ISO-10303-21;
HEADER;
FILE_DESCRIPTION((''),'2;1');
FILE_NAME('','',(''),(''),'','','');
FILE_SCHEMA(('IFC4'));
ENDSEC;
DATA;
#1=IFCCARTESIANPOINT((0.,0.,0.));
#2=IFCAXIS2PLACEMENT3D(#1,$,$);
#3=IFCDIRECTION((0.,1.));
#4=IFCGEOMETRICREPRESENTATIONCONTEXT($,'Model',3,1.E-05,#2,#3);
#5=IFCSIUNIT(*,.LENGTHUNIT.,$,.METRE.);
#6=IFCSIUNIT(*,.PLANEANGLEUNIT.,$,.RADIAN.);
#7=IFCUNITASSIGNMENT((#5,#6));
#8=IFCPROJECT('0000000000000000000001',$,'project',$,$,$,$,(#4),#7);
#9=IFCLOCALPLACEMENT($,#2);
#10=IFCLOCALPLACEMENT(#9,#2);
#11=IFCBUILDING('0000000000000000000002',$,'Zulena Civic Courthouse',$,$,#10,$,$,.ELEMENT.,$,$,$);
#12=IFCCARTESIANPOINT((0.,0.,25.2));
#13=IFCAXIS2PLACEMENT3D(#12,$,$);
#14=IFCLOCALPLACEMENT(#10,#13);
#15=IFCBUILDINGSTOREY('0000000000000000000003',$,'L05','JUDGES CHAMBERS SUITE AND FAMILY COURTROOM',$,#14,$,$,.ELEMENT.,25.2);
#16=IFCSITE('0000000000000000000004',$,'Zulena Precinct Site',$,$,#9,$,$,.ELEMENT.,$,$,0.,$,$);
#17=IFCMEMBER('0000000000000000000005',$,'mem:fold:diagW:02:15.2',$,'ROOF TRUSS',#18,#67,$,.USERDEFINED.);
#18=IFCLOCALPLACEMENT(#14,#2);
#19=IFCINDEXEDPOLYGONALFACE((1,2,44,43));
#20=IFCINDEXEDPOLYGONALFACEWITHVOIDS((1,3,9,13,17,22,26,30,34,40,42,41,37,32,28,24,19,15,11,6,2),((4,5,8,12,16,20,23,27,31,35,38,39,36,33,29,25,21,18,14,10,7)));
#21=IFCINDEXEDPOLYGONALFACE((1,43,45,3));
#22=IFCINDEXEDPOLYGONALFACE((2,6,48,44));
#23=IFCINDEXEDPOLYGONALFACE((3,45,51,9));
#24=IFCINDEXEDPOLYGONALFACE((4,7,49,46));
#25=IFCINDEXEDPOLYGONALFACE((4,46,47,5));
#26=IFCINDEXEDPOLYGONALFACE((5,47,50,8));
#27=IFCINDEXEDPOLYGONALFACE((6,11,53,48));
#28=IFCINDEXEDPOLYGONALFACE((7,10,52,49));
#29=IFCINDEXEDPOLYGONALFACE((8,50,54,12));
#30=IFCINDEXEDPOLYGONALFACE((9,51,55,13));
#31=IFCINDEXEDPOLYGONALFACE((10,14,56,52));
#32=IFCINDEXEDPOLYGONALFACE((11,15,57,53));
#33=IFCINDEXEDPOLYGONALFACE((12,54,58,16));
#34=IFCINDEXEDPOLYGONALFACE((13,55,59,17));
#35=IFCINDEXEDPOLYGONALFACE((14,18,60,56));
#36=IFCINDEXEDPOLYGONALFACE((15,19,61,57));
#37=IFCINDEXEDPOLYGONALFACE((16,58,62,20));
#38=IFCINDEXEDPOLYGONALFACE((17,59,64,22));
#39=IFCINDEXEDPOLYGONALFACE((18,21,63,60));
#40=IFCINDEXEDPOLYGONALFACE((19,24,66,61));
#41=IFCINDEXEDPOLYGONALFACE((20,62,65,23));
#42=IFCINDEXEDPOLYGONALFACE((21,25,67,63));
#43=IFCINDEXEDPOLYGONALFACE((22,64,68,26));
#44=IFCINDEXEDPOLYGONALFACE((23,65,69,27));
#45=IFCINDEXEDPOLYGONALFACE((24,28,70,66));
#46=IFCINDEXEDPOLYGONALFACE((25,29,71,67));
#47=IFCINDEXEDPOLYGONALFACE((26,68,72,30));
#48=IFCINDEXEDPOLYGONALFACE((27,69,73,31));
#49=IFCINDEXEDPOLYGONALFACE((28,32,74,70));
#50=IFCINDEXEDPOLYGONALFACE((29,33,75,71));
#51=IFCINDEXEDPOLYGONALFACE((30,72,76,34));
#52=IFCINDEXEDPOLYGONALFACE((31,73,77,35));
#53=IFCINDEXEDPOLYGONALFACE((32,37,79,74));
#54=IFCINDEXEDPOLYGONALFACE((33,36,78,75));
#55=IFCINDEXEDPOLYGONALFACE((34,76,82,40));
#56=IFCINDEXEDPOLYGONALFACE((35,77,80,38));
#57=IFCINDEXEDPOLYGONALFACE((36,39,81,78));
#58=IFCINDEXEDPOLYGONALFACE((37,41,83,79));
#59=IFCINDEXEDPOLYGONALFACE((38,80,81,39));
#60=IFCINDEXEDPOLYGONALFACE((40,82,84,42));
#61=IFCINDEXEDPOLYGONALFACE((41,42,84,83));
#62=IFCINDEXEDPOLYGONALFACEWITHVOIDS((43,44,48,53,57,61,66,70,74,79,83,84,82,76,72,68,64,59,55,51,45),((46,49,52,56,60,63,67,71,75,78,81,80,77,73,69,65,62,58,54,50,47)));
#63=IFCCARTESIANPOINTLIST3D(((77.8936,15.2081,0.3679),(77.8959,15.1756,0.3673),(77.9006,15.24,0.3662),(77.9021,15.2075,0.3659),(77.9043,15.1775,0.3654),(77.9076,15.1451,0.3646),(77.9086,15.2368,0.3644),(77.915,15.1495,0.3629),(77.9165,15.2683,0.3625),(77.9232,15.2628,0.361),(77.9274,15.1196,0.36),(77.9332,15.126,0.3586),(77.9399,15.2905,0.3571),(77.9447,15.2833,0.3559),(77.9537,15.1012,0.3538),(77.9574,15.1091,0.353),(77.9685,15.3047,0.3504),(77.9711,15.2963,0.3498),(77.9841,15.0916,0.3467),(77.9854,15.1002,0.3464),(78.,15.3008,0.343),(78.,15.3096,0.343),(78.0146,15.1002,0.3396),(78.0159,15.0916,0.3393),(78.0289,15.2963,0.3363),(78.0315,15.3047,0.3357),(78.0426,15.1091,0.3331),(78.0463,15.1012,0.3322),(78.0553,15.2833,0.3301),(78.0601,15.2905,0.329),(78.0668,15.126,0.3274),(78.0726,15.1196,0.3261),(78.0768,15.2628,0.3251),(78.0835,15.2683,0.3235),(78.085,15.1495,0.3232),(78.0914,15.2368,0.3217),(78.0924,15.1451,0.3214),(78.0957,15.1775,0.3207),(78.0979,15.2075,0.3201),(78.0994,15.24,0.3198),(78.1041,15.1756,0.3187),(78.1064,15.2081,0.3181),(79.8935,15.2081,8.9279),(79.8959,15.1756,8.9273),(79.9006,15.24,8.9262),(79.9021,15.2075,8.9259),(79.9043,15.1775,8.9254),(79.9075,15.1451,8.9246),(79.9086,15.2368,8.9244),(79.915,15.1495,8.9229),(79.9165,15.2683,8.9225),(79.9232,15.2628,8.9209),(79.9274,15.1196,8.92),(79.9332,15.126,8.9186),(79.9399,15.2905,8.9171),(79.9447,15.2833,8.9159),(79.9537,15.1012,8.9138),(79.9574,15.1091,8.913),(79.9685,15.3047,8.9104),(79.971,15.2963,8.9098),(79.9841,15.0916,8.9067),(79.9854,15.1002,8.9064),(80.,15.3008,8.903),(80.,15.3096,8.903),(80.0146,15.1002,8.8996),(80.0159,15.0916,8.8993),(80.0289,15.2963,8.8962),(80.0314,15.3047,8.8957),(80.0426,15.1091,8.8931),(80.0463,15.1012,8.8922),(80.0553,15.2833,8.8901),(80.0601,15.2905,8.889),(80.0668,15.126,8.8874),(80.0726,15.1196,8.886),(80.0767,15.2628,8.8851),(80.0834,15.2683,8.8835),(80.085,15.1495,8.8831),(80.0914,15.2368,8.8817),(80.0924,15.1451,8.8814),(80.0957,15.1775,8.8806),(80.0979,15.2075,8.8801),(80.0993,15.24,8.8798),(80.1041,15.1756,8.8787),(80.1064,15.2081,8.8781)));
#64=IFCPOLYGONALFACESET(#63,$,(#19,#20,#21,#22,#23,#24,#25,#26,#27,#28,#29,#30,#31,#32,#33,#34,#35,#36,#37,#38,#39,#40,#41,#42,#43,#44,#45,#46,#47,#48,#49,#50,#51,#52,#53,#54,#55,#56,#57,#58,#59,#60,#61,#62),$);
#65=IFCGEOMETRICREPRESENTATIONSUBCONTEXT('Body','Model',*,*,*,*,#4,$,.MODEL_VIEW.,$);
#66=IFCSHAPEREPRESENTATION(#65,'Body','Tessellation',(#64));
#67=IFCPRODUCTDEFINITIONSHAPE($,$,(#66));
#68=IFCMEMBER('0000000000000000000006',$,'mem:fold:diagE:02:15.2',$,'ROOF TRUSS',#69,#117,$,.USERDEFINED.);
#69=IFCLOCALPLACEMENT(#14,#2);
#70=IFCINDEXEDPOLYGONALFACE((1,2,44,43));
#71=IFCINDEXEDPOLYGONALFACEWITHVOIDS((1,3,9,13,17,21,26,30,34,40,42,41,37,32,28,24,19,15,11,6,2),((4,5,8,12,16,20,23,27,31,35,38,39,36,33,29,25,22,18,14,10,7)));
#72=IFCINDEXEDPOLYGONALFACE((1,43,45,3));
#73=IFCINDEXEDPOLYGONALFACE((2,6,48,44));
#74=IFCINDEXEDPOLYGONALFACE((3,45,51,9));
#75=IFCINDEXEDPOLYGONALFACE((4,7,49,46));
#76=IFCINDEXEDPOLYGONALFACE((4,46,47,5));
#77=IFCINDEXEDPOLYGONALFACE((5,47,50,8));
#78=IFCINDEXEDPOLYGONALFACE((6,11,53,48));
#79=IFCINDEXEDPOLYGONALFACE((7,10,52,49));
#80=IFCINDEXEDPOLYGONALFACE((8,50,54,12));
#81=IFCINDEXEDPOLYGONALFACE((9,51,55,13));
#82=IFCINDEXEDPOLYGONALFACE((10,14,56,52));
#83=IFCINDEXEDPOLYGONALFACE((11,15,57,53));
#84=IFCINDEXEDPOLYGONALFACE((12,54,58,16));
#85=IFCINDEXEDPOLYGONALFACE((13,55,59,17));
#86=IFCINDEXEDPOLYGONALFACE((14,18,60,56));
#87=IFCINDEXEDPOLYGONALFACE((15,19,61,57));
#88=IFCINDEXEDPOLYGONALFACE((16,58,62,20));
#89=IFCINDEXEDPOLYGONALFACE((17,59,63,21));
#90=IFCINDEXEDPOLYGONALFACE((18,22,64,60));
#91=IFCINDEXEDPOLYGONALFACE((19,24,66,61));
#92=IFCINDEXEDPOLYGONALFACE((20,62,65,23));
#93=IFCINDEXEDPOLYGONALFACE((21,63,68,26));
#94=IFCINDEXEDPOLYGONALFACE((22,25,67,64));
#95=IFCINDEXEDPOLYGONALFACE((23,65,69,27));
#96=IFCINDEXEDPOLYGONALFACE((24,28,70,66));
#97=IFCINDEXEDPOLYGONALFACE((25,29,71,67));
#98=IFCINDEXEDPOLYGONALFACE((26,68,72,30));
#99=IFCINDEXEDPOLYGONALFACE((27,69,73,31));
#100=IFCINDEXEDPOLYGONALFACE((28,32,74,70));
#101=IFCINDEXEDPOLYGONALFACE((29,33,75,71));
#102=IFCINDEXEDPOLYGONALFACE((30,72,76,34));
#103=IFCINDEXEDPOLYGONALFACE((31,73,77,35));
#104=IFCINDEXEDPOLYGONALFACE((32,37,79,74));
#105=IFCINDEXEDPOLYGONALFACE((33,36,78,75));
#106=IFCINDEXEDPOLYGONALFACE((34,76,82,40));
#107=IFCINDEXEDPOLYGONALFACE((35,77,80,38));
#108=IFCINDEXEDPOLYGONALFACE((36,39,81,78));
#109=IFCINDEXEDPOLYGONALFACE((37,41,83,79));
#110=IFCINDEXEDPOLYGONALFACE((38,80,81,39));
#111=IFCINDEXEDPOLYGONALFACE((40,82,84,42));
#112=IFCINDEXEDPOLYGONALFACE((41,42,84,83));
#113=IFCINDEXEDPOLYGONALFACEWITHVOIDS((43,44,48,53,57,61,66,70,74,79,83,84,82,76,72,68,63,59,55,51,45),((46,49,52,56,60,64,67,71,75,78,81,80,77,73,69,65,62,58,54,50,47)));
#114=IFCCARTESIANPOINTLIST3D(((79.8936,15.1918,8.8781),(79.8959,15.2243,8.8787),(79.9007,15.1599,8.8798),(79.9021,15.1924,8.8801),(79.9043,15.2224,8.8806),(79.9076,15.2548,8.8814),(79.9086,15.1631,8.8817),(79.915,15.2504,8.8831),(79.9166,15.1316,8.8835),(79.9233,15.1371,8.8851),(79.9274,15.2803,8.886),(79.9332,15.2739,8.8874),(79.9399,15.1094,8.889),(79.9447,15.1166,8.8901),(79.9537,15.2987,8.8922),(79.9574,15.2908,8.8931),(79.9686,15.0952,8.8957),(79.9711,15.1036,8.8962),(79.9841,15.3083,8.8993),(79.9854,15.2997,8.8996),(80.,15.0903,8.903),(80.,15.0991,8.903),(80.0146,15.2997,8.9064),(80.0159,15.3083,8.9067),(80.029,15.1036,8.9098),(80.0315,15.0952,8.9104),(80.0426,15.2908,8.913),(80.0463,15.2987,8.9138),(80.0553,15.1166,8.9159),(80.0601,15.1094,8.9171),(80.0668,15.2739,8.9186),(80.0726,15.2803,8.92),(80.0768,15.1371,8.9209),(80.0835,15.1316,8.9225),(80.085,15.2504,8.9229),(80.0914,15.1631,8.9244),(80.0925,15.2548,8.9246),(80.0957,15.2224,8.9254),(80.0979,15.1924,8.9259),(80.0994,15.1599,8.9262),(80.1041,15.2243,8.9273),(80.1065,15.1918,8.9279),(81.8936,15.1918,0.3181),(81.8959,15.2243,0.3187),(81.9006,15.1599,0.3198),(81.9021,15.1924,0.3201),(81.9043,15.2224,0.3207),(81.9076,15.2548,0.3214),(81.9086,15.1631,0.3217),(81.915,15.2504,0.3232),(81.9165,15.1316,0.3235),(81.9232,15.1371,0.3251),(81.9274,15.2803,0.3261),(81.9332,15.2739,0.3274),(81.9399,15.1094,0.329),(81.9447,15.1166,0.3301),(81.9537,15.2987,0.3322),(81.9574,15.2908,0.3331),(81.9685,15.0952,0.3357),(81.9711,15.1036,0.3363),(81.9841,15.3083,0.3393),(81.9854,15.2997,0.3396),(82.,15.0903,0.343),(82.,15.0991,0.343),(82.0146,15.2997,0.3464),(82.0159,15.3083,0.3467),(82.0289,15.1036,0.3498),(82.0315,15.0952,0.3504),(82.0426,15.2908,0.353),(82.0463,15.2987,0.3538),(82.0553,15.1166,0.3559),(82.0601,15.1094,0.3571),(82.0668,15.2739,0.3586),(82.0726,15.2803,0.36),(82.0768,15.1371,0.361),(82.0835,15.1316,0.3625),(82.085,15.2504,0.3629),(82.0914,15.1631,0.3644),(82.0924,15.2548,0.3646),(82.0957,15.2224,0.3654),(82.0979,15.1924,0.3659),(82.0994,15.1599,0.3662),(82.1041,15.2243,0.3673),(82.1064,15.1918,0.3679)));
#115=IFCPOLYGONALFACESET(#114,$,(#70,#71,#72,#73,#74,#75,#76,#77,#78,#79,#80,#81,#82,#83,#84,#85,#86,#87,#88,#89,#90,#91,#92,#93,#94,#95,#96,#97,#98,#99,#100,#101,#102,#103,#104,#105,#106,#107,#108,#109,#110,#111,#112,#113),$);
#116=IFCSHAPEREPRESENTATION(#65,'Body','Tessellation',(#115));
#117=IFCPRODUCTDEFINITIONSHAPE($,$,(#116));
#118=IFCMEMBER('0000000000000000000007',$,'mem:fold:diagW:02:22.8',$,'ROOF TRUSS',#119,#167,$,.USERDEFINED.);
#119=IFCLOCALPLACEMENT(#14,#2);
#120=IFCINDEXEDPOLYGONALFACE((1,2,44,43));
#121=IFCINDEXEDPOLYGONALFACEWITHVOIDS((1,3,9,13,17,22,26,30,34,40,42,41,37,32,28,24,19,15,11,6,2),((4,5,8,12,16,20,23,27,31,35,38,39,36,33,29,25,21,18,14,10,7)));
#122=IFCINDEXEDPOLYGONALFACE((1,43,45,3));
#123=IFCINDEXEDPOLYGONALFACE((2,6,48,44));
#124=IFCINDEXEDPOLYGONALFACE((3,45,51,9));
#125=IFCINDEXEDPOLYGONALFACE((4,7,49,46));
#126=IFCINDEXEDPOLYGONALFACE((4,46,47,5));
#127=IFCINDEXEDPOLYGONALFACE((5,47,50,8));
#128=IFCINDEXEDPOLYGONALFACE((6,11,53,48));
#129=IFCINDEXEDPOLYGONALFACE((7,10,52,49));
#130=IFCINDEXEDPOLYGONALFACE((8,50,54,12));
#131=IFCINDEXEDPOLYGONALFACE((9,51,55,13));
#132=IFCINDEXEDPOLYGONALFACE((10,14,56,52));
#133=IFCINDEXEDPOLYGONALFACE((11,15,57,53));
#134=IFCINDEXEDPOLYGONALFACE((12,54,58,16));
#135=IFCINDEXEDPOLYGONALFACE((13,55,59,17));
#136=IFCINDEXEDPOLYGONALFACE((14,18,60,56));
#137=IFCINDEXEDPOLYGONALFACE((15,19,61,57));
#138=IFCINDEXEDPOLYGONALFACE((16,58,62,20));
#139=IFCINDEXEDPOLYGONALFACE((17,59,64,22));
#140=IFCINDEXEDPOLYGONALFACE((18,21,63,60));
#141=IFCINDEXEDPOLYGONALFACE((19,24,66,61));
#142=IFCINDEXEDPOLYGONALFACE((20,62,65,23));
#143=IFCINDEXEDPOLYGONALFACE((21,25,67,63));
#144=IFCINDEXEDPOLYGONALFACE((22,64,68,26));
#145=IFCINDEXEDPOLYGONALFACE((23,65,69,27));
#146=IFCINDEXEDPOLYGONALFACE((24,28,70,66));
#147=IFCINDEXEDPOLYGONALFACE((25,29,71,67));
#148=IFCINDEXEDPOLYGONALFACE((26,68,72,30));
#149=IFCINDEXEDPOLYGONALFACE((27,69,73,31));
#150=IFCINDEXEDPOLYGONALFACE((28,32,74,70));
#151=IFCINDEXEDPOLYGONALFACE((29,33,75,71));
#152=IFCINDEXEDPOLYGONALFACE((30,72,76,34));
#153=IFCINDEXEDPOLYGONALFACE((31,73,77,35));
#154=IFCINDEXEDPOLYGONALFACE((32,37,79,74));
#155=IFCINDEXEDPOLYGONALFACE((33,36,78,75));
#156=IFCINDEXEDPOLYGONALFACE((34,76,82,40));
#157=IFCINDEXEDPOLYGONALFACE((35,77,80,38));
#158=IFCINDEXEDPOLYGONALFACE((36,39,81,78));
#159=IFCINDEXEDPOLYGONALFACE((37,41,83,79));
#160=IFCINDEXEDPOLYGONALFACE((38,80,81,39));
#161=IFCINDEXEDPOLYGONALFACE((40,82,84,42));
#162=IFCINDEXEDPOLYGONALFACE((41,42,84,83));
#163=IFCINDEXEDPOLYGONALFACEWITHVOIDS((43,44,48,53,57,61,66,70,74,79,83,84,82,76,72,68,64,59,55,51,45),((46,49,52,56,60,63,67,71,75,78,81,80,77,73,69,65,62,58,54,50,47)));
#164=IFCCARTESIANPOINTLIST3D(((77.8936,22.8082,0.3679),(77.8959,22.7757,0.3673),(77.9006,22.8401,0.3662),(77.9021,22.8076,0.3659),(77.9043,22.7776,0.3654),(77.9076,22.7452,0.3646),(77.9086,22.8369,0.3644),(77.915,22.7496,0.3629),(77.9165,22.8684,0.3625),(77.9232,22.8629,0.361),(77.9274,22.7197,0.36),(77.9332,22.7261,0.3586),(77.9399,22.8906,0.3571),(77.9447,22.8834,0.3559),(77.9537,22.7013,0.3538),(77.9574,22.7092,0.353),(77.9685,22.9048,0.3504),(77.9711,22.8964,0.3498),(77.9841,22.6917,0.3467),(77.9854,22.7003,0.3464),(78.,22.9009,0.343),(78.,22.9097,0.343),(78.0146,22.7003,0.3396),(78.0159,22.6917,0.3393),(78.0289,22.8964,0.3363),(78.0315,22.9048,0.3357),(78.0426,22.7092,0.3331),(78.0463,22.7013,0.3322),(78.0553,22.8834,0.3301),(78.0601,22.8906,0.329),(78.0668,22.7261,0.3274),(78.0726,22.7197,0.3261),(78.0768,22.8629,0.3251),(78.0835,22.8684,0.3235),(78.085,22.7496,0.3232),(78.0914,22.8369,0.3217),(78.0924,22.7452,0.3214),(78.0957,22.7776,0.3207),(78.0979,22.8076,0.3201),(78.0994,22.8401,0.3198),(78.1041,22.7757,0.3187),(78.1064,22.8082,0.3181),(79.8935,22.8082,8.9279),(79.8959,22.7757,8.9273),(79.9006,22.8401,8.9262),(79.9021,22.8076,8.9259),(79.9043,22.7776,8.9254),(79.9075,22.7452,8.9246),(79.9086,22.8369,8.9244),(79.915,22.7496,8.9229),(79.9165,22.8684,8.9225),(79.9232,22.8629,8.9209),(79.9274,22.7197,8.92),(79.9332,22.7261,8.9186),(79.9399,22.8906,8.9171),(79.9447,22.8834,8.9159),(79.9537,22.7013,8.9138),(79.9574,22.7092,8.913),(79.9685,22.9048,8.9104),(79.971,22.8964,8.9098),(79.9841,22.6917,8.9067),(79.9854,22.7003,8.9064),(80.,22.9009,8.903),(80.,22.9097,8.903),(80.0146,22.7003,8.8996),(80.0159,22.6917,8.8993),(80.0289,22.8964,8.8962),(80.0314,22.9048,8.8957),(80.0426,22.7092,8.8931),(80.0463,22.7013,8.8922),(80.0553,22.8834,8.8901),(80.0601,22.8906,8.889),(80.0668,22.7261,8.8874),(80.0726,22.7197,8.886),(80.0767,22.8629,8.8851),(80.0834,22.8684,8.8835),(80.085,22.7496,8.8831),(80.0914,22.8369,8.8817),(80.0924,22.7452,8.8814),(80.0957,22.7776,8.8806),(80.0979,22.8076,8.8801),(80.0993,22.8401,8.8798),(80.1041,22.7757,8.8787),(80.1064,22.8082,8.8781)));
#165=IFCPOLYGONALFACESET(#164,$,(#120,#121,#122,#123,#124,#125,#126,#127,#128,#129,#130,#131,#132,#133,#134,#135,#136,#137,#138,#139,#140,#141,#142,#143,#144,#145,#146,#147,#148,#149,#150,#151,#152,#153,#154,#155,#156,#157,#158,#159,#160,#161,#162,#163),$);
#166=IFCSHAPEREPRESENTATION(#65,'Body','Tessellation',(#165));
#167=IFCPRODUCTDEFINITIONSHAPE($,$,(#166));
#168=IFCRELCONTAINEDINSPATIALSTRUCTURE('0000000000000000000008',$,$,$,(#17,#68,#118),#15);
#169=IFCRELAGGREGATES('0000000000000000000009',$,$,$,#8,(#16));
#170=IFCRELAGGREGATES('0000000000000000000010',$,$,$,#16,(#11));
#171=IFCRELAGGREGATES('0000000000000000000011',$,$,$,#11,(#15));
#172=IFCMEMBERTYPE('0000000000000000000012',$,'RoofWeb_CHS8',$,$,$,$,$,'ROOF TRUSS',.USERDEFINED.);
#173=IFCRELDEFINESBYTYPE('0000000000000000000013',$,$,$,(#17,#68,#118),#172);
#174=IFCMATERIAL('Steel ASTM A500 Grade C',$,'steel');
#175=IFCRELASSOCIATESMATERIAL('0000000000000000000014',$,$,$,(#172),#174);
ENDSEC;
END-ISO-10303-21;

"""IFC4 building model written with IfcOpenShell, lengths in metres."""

from ifc_helpers import new_model, si_unit, direction, frame, origin, origin_2d, place, context, subcontext, project, spatial, hollow_circle, extrude, material, material_profile, profile_set, type_object, element, save


model = new_model("IFC4")

# Units and contexts
model_context = context("Model", 3, precision=1e-05, world=origin(), true_north=direction((0.0, 1.0)))
body_context = subcontext(model_context, "Body", "Model", "MODEL_VIEW")
ifc_project = project(units=[si_unit("LENGTHUNIT", "METRE"), si_unit("PLANEANGLEUNIT", "RADIAN")], contexts=[model_context])

# Site, building, storey
site_placement = place(None, origin())
site = spatial("IfcSite", under=ifc_project, at=site_placement, Name="Zulena Precinct Site", CompositionType="ELEMENT", RefElevation=0.0)
building_placement = place(site_placement, origin())
building = spatial("IfcBuilding", under=site, at=building_placement, Name="Zulena Civic Courthouse", CompositionType="ELEMENT")
storey_placement = place(building_placement, frame((0.0, 0.0, 25.2)))
storey = spatial("IfcBuildingStorey", under=building, at=storey_placement, Name="L05", Description="JUDGES CHAMBERS SUITE AND FAMILY COURTROOM", CompositionType="ELEMENT", Elevation=25.2)

# Members
ifc_material_1 = material(Name="Steel ASTM A500 Grade C", Category="steel")
ifc_material_profile_1 = material_profile(ifc_material_1, hollow_circle(Radius=0.1096, WallThickness=0.0088, at=origin_2d()), Name="HSS8.625X0.375")
ifc_profile_set_1 = profile_set([ifc_material_profile_1], Name="Steel ASTM A500 Grade C")
member_type_1 = type_object("IfcMemberType", Name="RoofWeb_CHS8", ElementType="ROOF TRUSS", PredefinedType="USERDEFINED", material=ifc_profile_set_1)
for number, where, z_axis, x_axis, name in (
    (1, (78.0, 15.2, 0.343), (0.227516, 0.0, 0.973774), (0.0, 1.0, 0.0), "mem:fold:diagW:02:15.2"),
    (2, (82.0, 15.2, 0.343), (-0.227516, 0.0, 0.973774), (0.0, -1.0, 0.0), "mem:fold:diagE:02:15.2"),
    (3, (78.0, 22.8, 0.343), (0.227516, 0.0, 0.973774), (0.0, 1.0, 0.0), "mem:fold:diagW:02:22.8"),
):
    element("IfcMember", number, at=place(storey_placement, frame(where, z_axis=z_axis, x_axis=x_axis)), inside=storey, type_object=member_type_1, Name=name, ObjectType="ROOF TRUSS", PredefinedType="USERDEFINED", context=body_context, shape_type="SweptSolid", body=[
        extrude(hollow_circle(Radius=0.1096, WallThickness=0.0088, at=origin_2d()), origin(), (0.0, 0.0, 1.0), 8.7905),
    ])

save(model, "model.ifc")
